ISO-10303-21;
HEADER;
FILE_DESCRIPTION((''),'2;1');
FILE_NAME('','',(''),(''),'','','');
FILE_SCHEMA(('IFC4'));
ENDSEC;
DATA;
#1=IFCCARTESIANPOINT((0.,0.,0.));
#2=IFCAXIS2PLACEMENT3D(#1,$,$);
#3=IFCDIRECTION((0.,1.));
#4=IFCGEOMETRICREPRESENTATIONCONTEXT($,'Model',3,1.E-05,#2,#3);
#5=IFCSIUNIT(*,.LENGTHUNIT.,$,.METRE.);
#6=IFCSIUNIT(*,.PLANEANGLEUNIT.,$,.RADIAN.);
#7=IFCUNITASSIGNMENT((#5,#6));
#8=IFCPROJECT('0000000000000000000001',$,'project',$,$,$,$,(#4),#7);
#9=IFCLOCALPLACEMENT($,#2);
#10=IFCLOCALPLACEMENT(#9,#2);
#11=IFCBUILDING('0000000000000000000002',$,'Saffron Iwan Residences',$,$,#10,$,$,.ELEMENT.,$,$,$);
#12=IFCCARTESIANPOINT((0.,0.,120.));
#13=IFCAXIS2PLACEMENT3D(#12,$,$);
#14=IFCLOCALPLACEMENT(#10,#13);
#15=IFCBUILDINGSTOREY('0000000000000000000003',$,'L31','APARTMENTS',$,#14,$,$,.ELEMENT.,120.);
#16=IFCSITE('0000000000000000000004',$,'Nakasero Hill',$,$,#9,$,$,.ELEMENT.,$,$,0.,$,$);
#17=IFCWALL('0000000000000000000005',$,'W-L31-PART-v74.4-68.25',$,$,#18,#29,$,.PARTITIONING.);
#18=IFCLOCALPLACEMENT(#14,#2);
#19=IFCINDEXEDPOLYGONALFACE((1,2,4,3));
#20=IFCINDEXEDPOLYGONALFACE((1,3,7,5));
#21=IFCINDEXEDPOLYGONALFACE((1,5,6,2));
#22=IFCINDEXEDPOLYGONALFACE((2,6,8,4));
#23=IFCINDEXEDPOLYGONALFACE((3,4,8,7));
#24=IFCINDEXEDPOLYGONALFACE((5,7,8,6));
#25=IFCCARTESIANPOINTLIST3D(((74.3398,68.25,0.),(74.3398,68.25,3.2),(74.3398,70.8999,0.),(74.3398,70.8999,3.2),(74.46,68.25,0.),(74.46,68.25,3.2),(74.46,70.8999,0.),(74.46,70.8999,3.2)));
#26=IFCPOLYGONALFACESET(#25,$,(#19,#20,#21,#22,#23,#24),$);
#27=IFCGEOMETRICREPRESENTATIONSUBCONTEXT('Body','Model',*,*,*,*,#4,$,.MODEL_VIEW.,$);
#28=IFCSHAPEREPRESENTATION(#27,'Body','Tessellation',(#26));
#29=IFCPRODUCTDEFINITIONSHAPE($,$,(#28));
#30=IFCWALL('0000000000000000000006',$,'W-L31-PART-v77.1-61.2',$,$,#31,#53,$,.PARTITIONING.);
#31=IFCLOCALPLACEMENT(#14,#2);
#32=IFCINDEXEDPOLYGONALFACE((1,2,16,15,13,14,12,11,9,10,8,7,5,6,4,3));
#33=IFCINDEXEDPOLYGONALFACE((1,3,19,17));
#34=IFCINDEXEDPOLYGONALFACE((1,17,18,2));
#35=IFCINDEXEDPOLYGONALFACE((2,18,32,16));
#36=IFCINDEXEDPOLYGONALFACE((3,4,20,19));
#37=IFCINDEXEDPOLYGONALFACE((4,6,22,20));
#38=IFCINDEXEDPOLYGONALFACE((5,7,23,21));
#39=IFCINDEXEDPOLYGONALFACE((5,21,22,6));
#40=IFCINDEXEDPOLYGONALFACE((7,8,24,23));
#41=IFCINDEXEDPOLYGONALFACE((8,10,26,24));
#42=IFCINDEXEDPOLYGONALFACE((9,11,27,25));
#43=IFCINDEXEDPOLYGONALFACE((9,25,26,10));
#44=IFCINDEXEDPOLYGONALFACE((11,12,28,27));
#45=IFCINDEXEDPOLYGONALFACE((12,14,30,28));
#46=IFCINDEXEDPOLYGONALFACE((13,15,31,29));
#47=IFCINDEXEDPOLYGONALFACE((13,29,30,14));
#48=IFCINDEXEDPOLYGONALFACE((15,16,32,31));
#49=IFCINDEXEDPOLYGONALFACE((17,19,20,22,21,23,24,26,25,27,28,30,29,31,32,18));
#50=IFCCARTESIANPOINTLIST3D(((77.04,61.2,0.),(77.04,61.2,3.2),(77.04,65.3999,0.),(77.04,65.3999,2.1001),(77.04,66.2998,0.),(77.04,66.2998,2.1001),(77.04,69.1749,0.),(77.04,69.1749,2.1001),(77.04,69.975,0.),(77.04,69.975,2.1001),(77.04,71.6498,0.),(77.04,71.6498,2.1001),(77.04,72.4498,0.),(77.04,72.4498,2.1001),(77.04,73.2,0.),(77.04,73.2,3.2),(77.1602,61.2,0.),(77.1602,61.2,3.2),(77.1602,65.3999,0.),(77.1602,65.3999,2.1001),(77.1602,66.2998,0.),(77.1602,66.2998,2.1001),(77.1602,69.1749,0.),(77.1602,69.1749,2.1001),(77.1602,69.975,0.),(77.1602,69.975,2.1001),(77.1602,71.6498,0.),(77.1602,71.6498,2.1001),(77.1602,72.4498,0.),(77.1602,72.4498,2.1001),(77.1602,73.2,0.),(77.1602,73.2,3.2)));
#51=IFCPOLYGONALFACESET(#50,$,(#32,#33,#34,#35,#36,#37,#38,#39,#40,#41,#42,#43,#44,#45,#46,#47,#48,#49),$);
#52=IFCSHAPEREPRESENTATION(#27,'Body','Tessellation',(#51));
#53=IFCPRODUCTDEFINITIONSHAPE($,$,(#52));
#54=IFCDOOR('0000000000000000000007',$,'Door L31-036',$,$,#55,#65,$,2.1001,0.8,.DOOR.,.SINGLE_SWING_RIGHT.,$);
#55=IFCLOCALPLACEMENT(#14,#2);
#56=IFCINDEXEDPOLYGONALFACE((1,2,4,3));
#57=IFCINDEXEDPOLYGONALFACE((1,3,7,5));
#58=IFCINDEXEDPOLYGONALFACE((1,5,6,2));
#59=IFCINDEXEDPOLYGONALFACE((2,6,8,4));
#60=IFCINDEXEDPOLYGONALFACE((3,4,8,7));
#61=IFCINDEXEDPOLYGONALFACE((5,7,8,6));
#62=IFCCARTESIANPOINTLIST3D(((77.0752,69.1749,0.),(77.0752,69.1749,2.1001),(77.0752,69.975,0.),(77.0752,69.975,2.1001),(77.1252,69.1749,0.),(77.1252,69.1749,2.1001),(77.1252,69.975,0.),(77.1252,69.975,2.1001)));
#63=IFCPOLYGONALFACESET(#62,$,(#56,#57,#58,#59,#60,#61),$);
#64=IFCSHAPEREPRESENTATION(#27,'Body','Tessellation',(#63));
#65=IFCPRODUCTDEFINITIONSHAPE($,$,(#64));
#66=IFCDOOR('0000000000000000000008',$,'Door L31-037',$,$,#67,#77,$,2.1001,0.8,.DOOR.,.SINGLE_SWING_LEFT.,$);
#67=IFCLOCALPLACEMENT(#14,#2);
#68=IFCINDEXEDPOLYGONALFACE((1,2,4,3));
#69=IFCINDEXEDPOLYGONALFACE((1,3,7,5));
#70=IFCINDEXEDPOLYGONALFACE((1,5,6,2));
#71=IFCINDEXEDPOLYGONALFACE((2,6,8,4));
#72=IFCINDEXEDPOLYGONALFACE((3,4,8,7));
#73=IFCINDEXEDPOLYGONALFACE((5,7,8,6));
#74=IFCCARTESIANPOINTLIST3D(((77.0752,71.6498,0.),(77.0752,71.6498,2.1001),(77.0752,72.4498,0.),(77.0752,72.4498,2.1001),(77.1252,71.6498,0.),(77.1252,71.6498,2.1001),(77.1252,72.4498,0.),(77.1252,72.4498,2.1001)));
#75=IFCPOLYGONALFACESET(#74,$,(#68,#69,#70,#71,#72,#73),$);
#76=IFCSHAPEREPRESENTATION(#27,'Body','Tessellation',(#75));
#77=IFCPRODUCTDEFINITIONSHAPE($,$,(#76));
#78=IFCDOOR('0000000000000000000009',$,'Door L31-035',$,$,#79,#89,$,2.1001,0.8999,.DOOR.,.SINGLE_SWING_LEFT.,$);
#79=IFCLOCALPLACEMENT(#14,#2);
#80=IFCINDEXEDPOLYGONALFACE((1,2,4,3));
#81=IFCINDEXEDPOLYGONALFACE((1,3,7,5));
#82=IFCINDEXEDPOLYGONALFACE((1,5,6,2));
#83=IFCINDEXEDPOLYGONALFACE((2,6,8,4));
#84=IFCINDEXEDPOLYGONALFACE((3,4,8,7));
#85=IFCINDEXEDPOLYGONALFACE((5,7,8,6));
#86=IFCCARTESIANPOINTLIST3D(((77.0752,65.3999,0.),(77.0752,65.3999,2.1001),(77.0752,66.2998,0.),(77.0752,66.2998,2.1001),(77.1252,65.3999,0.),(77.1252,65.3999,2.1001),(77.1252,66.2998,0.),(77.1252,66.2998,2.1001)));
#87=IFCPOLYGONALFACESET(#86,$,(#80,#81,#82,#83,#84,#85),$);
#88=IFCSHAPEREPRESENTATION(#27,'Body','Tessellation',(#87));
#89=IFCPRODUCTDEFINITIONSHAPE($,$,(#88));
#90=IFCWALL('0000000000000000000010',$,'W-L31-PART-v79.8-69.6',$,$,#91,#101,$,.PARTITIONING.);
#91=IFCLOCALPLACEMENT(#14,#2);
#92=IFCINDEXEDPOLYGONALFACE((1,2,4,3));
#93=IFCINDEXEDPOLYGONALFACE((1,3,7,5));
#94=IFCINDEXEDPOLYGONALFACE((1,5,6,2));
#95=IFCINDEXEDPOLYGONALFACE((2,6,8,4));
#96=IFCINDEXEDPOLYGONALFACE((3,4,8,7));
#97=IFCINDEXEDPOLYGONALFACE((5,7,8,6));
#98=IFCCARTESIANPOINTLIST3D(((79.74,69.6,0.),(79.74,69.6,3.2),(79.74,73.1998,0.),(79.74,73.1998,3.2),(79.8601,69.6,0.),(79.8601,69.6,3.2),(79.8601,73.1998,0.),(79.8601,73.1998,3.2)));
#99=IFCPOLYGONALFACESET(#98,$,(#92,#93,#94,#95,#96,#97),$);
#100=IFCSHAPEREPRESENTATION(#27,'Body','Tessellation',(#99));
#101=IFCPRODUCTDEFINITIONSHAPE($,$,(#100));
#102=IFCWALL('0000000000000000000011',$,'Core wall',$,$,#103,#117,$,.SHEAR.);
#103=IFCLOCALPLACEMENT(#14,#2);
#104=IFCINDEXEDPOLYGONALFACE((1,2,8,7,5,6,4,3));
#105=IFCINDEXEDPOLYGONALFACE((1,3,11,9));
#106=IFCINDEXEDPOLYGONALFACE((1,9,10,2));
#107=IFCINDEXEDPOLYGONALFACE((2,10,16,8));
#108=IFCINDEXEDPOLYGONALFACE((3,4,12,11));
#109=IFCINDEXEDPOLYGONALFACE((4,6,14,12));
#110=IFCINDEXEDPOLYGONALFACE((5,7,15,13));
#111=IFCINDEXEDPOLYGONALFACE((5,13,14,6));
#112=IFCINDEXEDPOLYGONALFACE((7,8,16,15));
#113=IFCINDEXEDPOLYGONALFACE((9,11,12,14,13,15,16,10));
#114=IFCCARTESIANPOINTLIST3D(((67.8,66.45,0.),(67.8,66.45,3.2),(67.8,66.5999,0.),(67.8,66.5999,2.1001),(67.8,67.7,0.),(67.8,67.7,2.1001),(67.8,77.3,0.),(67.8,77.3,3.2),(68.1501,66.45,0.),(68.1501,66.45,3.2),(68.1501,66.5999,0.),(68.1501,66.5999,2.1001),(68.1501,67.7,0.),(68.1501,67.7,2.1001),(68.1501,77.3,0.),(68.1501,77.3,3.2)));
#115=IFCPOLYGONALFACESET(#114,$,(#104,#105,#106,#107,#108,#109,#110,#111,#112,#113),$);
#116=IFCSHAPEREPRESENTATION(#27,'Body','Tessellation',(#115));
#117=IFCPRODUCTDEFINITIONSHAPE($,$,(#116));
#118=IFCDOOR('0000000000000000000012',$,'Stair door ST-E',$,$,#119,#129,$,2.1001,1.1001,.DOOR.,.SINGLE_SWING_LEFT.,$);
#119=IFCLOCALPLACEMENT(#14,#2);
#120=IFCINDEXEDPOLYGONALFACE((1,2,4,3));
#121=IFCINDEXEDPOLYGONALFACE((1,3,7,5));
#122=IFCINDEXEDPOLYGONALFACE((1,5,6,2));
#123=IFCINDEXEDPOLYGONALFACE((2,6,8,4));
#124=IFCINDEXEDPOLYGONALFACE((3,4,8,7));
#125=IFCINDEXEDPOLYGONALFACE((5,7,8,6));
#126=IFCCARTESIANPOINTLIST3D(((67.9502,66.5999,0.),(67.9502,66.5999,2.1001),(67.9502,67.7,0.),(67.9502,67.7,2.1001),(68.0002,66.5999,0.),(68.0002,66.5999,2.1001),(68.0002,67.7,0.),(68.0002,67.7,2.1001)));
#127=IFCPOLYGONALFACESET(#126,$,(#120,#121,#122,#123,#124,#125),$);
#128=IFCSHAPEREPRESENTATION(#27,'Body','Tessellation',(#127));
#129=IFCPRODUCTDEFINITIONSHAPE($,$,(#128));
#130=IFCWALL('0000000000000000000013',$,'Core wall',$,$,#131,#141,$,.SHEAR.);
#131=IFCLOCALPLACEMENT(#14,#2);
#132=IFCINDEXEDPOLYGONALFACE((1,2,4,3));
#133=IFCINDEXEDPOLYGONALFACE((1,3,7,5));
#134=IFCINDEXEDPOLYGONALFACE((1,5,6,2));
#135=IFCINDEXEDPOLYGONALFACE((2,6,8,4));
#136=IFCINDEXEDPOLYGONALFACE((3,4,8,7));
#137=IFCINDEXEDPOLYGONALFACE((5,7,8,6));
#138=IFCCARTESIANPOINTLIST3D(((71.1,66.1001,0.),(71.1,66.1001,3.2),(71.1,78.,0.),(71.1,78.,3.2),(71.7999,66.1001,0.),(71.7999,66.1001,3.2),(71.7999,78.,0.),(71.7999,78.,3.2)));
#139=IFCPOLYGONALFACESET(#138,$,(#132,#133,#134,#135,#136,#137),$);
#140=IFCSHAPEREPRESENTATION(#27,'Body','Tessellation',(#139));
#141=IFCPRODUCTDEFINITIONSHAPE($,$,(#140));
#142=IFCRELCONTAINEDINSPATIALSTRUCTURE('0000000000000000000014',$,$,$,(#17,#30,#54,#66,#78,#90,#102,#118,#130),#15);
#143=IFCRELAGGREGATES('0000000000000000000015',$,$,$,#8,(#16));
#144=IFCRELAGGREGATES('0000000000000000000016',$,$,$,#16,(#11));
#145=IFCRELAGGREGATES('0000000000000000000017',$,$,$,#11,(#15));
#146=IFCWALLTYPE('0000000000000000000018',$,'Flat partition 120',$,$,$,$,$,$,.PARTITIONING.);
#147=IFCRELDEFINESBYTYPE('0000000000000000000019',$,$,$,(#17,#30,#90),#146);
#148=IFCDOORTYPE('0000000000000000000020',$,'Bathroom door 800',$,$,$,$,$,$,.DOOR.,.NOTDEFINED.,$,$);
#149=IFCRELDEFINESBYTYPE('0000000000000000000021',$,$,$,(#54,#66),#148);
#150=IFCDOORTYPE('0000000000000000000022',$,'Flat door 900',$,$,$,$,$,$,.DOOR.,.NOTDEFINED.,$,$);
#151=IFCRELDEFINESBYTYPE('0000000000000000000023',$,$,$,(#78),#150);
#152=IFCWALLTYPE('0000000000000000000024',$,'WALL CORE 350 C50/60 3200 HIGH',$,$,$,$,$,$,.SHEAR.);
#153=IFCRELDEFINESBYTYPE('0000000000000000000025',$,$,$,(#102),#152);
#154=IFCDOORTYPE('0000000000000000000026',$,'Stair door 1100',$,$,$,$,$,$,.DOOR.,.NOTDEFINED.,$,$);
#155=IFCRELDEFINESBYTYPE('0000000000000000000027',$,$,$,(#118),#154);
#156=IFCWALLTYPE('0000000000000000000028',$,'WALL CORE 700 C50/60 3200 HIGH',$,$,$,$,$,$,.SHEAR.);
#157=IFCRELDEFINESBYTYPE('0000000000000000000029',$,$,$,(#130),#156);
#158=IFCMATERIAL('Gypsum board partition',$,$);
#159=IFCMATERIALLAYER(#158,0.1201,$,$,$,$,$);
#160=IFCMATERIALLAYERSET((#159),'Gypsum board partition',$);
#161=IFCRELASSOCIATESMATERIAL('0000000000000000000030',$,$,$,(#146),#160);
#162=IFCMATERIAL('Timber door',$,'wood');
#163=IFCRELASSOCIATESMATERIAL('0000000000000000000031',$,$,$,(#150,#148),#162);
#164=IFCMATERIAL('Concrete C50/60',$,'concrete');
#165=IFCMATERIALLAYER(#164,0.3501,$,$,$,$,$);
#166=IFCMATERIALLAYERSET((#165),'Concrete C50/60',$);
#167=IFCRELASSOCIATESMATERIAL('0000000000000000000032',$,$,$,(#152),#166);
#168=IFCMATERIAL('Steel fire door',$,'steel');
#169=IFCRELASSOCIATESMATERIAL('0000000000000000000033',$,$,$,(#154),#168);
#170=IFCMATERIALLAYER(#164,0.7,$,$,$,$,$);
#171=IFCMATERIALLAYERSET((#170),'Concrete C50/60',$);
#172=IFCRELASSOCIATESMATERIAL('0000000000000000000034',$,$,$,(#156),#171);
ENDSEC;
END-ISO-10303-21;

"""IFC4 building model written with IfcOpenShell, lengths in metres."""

from ifc_helpers import new_model, si_unit, direction, frame, frame_2d, origin, place, context, subcontext, project, spatial, rectangle, extrude, material, layer, layer_set, type_object, element, fill, save


model = new_model("IFC4")

# Units and contexts
model_context = context("Model", 3, precision=1e-05, world=origin(), true_north=direction((0.0, 1.0)))
body_context = subcontext(model_context, "Body", "Model", "MODEL_VIEW")
ifc_project = project(units=[si_unit("LENGTHUNIT", "METRE"), si_unit("PLANEANGLEUNIT", "RADIAN")], contexts=[model_context])

# Site, building, storey
site_placement = place(None, origin())
site = spatial("IfcSite", under=ifc_project, at=site_placement, Name="Nakasero Hill", CompositionType="ELEMENT", RefElevation=0.0)
building_placement = place(site_placement, origin())
building = spatial("IfcBuilding", under=site, at=building_placement, Name="Saffron Iwan Residences", CompositionType="ELEMENT")
storey_placement = place(building_placement, frame((0.0, 0.0, 120.0)))
storey = spatial("IfcBuildingStorey", under=building, at=storey_placement, Name="L31", Description="APARTMENTS", CompositionType="ELEMENT", Elevation=120.0)

# Shared definitions
ifc_material_1 = material(Name="Concrete C50/60", Category="concrete")

# Shared definitions
ifc_material_2 = material(Name="Gypsum board partition")
ifc_layer_1 = layer(ifc_material_2, 0.1201)
ifc_layer_set_1 = layer_set([ifc_layer_1], Name="Gypsum board partition")
wall_type_1 = type_object("IfcWallType", Name="Flat partition 120", PredefinedType="PARTITIONING", material=ifc_layer_set_1)
ifc_material_3 = material(Name="Timber door", Category="wood")
door_type_1 = type_object("IfcDoorType", Name="Flat door 900", OperationType="NOTDEFINED", PredefinedType="DOOR", material=ifc_material_3)

# Shared definitions
door_type_2 = type_object("IfcDoorType", Name="Bathroom door 800", OperationType="NOTDEFINED", PredefinedType="DOOR", material=ifc_material_3)

# Wall
wall_1_placement = place(storey_placement, frame((74.3999, 68.25, 0.0), z_axis=(0.0, 0.0, 1.0), x_axis=(0.0, 1.0, 0.0)))
element("IfcWall", 1, at=wall_1_placement, inside=storey, type_object=wall_type_1, Name="W-L31-PART-v74.4-68.25", PredefinedType="PARTITIONING", context=body_context, shape_type="SweptSolid", body=[
    extrude(rectangle(XDim=2.6499, YDim=0.1201, at=frame_2d((1.325, 0.0))), origin(), (0.0, 0.0, 1.0), 3.2),
])

# Wall, openings, doors
wall_2_placement = place(storey_placement, frame((77.1001, 61.2, 0.0), z_axis=(0.0, 0.0, 1.0), x_axis=(0.0, 1.0, 0.0)))
wall_2 = element("IfcWall", 2, at=wall_2_placement, inside=storey, type_object=wall_type_1, Name="W-L31-PART-v77.1-61.2", PredefinedType="PARTITIONING", context=body_context, shape_type="SweptSolid", body=[
    extrude(rectangle(XDim=12.0, YDim=0.1201, at=frame_2d((6.0, 0.0))), origin(), (0.0, 0.0, 1.0), 3.2),
])
opening_1_placement = place(wall_2_placement, frame((4.2, 0.0, 0.0)))
opening_1 = element("IfcOpeningElement", 3, at=opening_1_placement, cuts=wall_2, PredefinedType="OPENING", context=body_context, shape_type="SweptSolid", body=[
    extrude(rectangle(XDim=0.8999, YDim=2.1001, at=frame_2d((0.45, 1.05))), frame((0.0, 0.0701, 0.0), z_axis=(0.0, -1.0, 0.0), x_axis=(1.0, 0.0, 0.0)), (0.0, 0.0, 1.0), 0.1401),
])
opening_2_placement = place(wall_2_placement, frame((7.9751, 0.0, 0.0)))
opening_2 = element("IfcOpeningElement", 4, at=opening_2_placement, cuts=wall_2, PredefinedType="OPENING", context=body_context, shape_type="SweptSolid", body=[
    extrude(rectangle(XDim=0.8, YDim=2.1001, at=frame_2d((0.3999, 1.05))), frame((0.0, 0.0701, 0.0), z_axis=(0.0, -1.0, 0.0), x_axis=(1.0, 0.0, 0.0)), (0.0, 0.0, 1.0), 0.1401),
])
opening_3_placement = place(wall_2_placement, frame((10.45, 0.0, 0.0)))
opening_3 = element("IfcOpeningElement", 5, at=opening_3_placement, cuts=wall_2, PredefinedType="OPENING", context=body_context, shape_type="SweptSolid", body=[
    extrude(rectangle(XDim=0.8, YDim=2.1001, at=frame_2d((0.3999, 1.05))), frame((0.0, 0.0701, 0.0), z_axis=(0.0, -1.0, 0.0), x_axis=(1.0, 0.0, 0.0)), (0.0, 0.0, 1.0), 0.1401),
])
door_1_placement = place(opening_2_placement, origin())
door_1 = element("IfcDoor", 6, at=door_1_placement, inside=storey, type_object=door_type_2, Name="Door L31-036", OperationType="SINGLE_SWING_RIGHT", OverallHeight=2.1001, OverallWidth=0.8, PredefinedType="DOOR", context=body_context, shape_type="SweptSolid", body=[
    extrude(rectangle(XDim=0.8, YDim=2.1001, at=frame_2d((0.3999, 1.05))), frame((0.0, 0.0249, 0.0), z_axis=(0.0, -1.0, 0.0), x_axis=(1.0, 0.0, 0.0)), (0.0, 0.0, 1.0), 0.05),
])
fill(opening_2, door_1)
door_2_placement = place(opening_3_placement, origin())
door_2 = element("IfcDoor", 7, at=door_2_placement, inside=storey, type_object=door_type_2, Name="Door L31-037", OperationType="SINGLE_SWING_LEFT", OverallHeight=2.1001, OverallWidth=0.8, PredefinedType="DOOR", context=body_context, shape_type="SweptSolid", body=[
    extrude(rectangle(XDim=0.8, YDim=2.1001, at=frame_2d((0.3999, 1.05))), frame((0.0, 0.0249, 0.0), z_axis=(0.0, -1.0, 0.0), x_axis=(1.0, 0.0, 0.0)), (0.0, 0.0, 1.0), 0.05),
])
fill(opening_3, door_2)
door_3_placement = place(opening_1_placement, origin())
door_3 = element("IfcDoor", 8, at=door_3_placement, inside=storey, type_object=door_type_1, Name="Door L31-035", OperationType="SINGLE_SWING_LEFT", OverallHeight=2.1001, OverallWidth=0.8999, PredefinedType="DOOR", context=body_context, shape_type="SweptSolid", body=[
    extrude(rectangle(XDim=0.8999, YDim=2.1001, at=frame_2d((0.45, 1.05))), frame((0.0, 0.0249, 0.0), z_axis=(0.0, -1.0, 0.0), x_axis=(1.0, 0.0, 0.0)), (0.0, 0.0, 1.0), 0.05),
])
fill(opening_1, door_3)

# Wall
wall_3_placement = place(storey_placement, frame((79.8, 69.6001, 0.0), z_axis=(0.0, 0.0, 1.0), x_axis=(0.0, 1.0, 0.0)))
element("IfcWall", 9, at=wall_3_placement, inside=storey, type_object=wall_type_1, Name="W-L31-PART-v79.8-69.6", PredefinedType="PARTITIONING", context=body_context, shape_type="SweptSolid", body=[
    extrude(rectangle(XDim=3.5999, YDim=0.1201, at=frame_2d((1.7998, 0.0))), origin(), (0.0, 0.0, 1.0), 3.2),
])

# Wall, opening, door
ifc_layer_2 = layer(ifc_material_1, 0.3501)
ifc_layer_set_2 = layer_set([ifc_layer_2], Name="Concrete C50/60")
wall_type_2 = type_object("IfcWallType", Name="WALL CORE 350 C50/60 3200 HIGH", PredefinedType="SHEAR", material=ifc_layer_set_2)
wall_4_placement = place(storey_placement, frame((67.9751, 66.45, 0.0), z_axis=(0.0, 0.0, 1.0), x_axis=(0.0, 1.0, 0.0)))
wall_4 = element("IfcWall", 10, at=wall_4_placement, inside=storey, type_object=wall_type_2, Name="Core wall", PredefinedType="SHEAR", context=body_context, shape_type="SweptSolid", body=[
    extrude(rectangle(XDim=10.8501, YDim=0.3501, at=frame_2d((5.425, 0.0))), origin(), (0.0, 0.0, 1.0), 3.2),
])
opening_4_placement = place(wall_4_placement, frame((0.1499, 0.0, 0.0)))
opening_4 = element("IfcOpeningElement", 11, at=opening_4_placement, cuts=wall_4, PredefinedType="OPENING", context=body_context, shape_type="SweptSolid", body=[
    extrude(rectangle(XDim=1.1001, YDim=2.1001, at=frame_2d((0.55, 1.05))), frame((0.0, 0.1851, 0.0), z_axis=(0.0, -1.0, 0.0), x_axis=(1.0, 0.0, 0.0)), (0.0, 0.0, 1.0), 0.3701),
])
ifc_material_4 = material(Name="Steel fire door", Category="steel")
door_type_3 = type_object("IfcDoorType", Name="Stair door 1100", OperationType="NOTDEFINED", PredefinedType="DOOR", material=ifc_material_4)
door_4_placement = place(opening_4_placement, origin())
door_4 = element("IfcDoor", 12, at=door_4_placement, inside=storey, type_object=door_type_3, Name="Stair door ST-E", OperationType="SINGLE_SWING_LEFT", OverallHeight=2.1001, OverallWidth=1.1001, PredefinedType="DOOR", context=body_context, shape_type="SweptSolid", body=[
    extrude(rectangle(XDim=1.1001, YDim=2.1001, at=frame_2d((0.55, 1.05))), frame((0.0, 0.0249, 0.0), z_axis=(0.0, -1.0, 0.0), x_axis=(1.0, 0.0, 0.0)), (0.0, 0.0, 1.0), 0.05),
])
fill(opening_4, door_4)

# Wall
ifc_layer_3 = layer(ifc_material_1, 0.7)
ifc_layer_set_3 = layer_set([ifc_layer_3], Name="Concrete C50/60")
wall_type_3 = type_object("IfcWallType", Name="WALL CORE 700 C50/60 3200 HIGH", PredefinedType="SHEAR", material=ifc_layer_set_3)
wall_5_placement = place(storey_placement, frame((71.45, 66.1001, 0.0), z_axis=(0.0, 0.0, 1.0), x_axis=(0.0, 1.0, 0.0)))
element("IfcWall", 13, at=wall_5_placement, inside=storey, type_object=wall_type_3, Name="Core wall", PredefinedType="SHEAR", context=body_context, shape_type="SweptSolid", body=[
    extrude(rectangle(XDim=11.8999, YDim=0.7, at=frame_2d((5.95, 0.0))), origin(), (0.0, 0.0, 1.0), 3.2),
])

save(model, "model.ifc")
